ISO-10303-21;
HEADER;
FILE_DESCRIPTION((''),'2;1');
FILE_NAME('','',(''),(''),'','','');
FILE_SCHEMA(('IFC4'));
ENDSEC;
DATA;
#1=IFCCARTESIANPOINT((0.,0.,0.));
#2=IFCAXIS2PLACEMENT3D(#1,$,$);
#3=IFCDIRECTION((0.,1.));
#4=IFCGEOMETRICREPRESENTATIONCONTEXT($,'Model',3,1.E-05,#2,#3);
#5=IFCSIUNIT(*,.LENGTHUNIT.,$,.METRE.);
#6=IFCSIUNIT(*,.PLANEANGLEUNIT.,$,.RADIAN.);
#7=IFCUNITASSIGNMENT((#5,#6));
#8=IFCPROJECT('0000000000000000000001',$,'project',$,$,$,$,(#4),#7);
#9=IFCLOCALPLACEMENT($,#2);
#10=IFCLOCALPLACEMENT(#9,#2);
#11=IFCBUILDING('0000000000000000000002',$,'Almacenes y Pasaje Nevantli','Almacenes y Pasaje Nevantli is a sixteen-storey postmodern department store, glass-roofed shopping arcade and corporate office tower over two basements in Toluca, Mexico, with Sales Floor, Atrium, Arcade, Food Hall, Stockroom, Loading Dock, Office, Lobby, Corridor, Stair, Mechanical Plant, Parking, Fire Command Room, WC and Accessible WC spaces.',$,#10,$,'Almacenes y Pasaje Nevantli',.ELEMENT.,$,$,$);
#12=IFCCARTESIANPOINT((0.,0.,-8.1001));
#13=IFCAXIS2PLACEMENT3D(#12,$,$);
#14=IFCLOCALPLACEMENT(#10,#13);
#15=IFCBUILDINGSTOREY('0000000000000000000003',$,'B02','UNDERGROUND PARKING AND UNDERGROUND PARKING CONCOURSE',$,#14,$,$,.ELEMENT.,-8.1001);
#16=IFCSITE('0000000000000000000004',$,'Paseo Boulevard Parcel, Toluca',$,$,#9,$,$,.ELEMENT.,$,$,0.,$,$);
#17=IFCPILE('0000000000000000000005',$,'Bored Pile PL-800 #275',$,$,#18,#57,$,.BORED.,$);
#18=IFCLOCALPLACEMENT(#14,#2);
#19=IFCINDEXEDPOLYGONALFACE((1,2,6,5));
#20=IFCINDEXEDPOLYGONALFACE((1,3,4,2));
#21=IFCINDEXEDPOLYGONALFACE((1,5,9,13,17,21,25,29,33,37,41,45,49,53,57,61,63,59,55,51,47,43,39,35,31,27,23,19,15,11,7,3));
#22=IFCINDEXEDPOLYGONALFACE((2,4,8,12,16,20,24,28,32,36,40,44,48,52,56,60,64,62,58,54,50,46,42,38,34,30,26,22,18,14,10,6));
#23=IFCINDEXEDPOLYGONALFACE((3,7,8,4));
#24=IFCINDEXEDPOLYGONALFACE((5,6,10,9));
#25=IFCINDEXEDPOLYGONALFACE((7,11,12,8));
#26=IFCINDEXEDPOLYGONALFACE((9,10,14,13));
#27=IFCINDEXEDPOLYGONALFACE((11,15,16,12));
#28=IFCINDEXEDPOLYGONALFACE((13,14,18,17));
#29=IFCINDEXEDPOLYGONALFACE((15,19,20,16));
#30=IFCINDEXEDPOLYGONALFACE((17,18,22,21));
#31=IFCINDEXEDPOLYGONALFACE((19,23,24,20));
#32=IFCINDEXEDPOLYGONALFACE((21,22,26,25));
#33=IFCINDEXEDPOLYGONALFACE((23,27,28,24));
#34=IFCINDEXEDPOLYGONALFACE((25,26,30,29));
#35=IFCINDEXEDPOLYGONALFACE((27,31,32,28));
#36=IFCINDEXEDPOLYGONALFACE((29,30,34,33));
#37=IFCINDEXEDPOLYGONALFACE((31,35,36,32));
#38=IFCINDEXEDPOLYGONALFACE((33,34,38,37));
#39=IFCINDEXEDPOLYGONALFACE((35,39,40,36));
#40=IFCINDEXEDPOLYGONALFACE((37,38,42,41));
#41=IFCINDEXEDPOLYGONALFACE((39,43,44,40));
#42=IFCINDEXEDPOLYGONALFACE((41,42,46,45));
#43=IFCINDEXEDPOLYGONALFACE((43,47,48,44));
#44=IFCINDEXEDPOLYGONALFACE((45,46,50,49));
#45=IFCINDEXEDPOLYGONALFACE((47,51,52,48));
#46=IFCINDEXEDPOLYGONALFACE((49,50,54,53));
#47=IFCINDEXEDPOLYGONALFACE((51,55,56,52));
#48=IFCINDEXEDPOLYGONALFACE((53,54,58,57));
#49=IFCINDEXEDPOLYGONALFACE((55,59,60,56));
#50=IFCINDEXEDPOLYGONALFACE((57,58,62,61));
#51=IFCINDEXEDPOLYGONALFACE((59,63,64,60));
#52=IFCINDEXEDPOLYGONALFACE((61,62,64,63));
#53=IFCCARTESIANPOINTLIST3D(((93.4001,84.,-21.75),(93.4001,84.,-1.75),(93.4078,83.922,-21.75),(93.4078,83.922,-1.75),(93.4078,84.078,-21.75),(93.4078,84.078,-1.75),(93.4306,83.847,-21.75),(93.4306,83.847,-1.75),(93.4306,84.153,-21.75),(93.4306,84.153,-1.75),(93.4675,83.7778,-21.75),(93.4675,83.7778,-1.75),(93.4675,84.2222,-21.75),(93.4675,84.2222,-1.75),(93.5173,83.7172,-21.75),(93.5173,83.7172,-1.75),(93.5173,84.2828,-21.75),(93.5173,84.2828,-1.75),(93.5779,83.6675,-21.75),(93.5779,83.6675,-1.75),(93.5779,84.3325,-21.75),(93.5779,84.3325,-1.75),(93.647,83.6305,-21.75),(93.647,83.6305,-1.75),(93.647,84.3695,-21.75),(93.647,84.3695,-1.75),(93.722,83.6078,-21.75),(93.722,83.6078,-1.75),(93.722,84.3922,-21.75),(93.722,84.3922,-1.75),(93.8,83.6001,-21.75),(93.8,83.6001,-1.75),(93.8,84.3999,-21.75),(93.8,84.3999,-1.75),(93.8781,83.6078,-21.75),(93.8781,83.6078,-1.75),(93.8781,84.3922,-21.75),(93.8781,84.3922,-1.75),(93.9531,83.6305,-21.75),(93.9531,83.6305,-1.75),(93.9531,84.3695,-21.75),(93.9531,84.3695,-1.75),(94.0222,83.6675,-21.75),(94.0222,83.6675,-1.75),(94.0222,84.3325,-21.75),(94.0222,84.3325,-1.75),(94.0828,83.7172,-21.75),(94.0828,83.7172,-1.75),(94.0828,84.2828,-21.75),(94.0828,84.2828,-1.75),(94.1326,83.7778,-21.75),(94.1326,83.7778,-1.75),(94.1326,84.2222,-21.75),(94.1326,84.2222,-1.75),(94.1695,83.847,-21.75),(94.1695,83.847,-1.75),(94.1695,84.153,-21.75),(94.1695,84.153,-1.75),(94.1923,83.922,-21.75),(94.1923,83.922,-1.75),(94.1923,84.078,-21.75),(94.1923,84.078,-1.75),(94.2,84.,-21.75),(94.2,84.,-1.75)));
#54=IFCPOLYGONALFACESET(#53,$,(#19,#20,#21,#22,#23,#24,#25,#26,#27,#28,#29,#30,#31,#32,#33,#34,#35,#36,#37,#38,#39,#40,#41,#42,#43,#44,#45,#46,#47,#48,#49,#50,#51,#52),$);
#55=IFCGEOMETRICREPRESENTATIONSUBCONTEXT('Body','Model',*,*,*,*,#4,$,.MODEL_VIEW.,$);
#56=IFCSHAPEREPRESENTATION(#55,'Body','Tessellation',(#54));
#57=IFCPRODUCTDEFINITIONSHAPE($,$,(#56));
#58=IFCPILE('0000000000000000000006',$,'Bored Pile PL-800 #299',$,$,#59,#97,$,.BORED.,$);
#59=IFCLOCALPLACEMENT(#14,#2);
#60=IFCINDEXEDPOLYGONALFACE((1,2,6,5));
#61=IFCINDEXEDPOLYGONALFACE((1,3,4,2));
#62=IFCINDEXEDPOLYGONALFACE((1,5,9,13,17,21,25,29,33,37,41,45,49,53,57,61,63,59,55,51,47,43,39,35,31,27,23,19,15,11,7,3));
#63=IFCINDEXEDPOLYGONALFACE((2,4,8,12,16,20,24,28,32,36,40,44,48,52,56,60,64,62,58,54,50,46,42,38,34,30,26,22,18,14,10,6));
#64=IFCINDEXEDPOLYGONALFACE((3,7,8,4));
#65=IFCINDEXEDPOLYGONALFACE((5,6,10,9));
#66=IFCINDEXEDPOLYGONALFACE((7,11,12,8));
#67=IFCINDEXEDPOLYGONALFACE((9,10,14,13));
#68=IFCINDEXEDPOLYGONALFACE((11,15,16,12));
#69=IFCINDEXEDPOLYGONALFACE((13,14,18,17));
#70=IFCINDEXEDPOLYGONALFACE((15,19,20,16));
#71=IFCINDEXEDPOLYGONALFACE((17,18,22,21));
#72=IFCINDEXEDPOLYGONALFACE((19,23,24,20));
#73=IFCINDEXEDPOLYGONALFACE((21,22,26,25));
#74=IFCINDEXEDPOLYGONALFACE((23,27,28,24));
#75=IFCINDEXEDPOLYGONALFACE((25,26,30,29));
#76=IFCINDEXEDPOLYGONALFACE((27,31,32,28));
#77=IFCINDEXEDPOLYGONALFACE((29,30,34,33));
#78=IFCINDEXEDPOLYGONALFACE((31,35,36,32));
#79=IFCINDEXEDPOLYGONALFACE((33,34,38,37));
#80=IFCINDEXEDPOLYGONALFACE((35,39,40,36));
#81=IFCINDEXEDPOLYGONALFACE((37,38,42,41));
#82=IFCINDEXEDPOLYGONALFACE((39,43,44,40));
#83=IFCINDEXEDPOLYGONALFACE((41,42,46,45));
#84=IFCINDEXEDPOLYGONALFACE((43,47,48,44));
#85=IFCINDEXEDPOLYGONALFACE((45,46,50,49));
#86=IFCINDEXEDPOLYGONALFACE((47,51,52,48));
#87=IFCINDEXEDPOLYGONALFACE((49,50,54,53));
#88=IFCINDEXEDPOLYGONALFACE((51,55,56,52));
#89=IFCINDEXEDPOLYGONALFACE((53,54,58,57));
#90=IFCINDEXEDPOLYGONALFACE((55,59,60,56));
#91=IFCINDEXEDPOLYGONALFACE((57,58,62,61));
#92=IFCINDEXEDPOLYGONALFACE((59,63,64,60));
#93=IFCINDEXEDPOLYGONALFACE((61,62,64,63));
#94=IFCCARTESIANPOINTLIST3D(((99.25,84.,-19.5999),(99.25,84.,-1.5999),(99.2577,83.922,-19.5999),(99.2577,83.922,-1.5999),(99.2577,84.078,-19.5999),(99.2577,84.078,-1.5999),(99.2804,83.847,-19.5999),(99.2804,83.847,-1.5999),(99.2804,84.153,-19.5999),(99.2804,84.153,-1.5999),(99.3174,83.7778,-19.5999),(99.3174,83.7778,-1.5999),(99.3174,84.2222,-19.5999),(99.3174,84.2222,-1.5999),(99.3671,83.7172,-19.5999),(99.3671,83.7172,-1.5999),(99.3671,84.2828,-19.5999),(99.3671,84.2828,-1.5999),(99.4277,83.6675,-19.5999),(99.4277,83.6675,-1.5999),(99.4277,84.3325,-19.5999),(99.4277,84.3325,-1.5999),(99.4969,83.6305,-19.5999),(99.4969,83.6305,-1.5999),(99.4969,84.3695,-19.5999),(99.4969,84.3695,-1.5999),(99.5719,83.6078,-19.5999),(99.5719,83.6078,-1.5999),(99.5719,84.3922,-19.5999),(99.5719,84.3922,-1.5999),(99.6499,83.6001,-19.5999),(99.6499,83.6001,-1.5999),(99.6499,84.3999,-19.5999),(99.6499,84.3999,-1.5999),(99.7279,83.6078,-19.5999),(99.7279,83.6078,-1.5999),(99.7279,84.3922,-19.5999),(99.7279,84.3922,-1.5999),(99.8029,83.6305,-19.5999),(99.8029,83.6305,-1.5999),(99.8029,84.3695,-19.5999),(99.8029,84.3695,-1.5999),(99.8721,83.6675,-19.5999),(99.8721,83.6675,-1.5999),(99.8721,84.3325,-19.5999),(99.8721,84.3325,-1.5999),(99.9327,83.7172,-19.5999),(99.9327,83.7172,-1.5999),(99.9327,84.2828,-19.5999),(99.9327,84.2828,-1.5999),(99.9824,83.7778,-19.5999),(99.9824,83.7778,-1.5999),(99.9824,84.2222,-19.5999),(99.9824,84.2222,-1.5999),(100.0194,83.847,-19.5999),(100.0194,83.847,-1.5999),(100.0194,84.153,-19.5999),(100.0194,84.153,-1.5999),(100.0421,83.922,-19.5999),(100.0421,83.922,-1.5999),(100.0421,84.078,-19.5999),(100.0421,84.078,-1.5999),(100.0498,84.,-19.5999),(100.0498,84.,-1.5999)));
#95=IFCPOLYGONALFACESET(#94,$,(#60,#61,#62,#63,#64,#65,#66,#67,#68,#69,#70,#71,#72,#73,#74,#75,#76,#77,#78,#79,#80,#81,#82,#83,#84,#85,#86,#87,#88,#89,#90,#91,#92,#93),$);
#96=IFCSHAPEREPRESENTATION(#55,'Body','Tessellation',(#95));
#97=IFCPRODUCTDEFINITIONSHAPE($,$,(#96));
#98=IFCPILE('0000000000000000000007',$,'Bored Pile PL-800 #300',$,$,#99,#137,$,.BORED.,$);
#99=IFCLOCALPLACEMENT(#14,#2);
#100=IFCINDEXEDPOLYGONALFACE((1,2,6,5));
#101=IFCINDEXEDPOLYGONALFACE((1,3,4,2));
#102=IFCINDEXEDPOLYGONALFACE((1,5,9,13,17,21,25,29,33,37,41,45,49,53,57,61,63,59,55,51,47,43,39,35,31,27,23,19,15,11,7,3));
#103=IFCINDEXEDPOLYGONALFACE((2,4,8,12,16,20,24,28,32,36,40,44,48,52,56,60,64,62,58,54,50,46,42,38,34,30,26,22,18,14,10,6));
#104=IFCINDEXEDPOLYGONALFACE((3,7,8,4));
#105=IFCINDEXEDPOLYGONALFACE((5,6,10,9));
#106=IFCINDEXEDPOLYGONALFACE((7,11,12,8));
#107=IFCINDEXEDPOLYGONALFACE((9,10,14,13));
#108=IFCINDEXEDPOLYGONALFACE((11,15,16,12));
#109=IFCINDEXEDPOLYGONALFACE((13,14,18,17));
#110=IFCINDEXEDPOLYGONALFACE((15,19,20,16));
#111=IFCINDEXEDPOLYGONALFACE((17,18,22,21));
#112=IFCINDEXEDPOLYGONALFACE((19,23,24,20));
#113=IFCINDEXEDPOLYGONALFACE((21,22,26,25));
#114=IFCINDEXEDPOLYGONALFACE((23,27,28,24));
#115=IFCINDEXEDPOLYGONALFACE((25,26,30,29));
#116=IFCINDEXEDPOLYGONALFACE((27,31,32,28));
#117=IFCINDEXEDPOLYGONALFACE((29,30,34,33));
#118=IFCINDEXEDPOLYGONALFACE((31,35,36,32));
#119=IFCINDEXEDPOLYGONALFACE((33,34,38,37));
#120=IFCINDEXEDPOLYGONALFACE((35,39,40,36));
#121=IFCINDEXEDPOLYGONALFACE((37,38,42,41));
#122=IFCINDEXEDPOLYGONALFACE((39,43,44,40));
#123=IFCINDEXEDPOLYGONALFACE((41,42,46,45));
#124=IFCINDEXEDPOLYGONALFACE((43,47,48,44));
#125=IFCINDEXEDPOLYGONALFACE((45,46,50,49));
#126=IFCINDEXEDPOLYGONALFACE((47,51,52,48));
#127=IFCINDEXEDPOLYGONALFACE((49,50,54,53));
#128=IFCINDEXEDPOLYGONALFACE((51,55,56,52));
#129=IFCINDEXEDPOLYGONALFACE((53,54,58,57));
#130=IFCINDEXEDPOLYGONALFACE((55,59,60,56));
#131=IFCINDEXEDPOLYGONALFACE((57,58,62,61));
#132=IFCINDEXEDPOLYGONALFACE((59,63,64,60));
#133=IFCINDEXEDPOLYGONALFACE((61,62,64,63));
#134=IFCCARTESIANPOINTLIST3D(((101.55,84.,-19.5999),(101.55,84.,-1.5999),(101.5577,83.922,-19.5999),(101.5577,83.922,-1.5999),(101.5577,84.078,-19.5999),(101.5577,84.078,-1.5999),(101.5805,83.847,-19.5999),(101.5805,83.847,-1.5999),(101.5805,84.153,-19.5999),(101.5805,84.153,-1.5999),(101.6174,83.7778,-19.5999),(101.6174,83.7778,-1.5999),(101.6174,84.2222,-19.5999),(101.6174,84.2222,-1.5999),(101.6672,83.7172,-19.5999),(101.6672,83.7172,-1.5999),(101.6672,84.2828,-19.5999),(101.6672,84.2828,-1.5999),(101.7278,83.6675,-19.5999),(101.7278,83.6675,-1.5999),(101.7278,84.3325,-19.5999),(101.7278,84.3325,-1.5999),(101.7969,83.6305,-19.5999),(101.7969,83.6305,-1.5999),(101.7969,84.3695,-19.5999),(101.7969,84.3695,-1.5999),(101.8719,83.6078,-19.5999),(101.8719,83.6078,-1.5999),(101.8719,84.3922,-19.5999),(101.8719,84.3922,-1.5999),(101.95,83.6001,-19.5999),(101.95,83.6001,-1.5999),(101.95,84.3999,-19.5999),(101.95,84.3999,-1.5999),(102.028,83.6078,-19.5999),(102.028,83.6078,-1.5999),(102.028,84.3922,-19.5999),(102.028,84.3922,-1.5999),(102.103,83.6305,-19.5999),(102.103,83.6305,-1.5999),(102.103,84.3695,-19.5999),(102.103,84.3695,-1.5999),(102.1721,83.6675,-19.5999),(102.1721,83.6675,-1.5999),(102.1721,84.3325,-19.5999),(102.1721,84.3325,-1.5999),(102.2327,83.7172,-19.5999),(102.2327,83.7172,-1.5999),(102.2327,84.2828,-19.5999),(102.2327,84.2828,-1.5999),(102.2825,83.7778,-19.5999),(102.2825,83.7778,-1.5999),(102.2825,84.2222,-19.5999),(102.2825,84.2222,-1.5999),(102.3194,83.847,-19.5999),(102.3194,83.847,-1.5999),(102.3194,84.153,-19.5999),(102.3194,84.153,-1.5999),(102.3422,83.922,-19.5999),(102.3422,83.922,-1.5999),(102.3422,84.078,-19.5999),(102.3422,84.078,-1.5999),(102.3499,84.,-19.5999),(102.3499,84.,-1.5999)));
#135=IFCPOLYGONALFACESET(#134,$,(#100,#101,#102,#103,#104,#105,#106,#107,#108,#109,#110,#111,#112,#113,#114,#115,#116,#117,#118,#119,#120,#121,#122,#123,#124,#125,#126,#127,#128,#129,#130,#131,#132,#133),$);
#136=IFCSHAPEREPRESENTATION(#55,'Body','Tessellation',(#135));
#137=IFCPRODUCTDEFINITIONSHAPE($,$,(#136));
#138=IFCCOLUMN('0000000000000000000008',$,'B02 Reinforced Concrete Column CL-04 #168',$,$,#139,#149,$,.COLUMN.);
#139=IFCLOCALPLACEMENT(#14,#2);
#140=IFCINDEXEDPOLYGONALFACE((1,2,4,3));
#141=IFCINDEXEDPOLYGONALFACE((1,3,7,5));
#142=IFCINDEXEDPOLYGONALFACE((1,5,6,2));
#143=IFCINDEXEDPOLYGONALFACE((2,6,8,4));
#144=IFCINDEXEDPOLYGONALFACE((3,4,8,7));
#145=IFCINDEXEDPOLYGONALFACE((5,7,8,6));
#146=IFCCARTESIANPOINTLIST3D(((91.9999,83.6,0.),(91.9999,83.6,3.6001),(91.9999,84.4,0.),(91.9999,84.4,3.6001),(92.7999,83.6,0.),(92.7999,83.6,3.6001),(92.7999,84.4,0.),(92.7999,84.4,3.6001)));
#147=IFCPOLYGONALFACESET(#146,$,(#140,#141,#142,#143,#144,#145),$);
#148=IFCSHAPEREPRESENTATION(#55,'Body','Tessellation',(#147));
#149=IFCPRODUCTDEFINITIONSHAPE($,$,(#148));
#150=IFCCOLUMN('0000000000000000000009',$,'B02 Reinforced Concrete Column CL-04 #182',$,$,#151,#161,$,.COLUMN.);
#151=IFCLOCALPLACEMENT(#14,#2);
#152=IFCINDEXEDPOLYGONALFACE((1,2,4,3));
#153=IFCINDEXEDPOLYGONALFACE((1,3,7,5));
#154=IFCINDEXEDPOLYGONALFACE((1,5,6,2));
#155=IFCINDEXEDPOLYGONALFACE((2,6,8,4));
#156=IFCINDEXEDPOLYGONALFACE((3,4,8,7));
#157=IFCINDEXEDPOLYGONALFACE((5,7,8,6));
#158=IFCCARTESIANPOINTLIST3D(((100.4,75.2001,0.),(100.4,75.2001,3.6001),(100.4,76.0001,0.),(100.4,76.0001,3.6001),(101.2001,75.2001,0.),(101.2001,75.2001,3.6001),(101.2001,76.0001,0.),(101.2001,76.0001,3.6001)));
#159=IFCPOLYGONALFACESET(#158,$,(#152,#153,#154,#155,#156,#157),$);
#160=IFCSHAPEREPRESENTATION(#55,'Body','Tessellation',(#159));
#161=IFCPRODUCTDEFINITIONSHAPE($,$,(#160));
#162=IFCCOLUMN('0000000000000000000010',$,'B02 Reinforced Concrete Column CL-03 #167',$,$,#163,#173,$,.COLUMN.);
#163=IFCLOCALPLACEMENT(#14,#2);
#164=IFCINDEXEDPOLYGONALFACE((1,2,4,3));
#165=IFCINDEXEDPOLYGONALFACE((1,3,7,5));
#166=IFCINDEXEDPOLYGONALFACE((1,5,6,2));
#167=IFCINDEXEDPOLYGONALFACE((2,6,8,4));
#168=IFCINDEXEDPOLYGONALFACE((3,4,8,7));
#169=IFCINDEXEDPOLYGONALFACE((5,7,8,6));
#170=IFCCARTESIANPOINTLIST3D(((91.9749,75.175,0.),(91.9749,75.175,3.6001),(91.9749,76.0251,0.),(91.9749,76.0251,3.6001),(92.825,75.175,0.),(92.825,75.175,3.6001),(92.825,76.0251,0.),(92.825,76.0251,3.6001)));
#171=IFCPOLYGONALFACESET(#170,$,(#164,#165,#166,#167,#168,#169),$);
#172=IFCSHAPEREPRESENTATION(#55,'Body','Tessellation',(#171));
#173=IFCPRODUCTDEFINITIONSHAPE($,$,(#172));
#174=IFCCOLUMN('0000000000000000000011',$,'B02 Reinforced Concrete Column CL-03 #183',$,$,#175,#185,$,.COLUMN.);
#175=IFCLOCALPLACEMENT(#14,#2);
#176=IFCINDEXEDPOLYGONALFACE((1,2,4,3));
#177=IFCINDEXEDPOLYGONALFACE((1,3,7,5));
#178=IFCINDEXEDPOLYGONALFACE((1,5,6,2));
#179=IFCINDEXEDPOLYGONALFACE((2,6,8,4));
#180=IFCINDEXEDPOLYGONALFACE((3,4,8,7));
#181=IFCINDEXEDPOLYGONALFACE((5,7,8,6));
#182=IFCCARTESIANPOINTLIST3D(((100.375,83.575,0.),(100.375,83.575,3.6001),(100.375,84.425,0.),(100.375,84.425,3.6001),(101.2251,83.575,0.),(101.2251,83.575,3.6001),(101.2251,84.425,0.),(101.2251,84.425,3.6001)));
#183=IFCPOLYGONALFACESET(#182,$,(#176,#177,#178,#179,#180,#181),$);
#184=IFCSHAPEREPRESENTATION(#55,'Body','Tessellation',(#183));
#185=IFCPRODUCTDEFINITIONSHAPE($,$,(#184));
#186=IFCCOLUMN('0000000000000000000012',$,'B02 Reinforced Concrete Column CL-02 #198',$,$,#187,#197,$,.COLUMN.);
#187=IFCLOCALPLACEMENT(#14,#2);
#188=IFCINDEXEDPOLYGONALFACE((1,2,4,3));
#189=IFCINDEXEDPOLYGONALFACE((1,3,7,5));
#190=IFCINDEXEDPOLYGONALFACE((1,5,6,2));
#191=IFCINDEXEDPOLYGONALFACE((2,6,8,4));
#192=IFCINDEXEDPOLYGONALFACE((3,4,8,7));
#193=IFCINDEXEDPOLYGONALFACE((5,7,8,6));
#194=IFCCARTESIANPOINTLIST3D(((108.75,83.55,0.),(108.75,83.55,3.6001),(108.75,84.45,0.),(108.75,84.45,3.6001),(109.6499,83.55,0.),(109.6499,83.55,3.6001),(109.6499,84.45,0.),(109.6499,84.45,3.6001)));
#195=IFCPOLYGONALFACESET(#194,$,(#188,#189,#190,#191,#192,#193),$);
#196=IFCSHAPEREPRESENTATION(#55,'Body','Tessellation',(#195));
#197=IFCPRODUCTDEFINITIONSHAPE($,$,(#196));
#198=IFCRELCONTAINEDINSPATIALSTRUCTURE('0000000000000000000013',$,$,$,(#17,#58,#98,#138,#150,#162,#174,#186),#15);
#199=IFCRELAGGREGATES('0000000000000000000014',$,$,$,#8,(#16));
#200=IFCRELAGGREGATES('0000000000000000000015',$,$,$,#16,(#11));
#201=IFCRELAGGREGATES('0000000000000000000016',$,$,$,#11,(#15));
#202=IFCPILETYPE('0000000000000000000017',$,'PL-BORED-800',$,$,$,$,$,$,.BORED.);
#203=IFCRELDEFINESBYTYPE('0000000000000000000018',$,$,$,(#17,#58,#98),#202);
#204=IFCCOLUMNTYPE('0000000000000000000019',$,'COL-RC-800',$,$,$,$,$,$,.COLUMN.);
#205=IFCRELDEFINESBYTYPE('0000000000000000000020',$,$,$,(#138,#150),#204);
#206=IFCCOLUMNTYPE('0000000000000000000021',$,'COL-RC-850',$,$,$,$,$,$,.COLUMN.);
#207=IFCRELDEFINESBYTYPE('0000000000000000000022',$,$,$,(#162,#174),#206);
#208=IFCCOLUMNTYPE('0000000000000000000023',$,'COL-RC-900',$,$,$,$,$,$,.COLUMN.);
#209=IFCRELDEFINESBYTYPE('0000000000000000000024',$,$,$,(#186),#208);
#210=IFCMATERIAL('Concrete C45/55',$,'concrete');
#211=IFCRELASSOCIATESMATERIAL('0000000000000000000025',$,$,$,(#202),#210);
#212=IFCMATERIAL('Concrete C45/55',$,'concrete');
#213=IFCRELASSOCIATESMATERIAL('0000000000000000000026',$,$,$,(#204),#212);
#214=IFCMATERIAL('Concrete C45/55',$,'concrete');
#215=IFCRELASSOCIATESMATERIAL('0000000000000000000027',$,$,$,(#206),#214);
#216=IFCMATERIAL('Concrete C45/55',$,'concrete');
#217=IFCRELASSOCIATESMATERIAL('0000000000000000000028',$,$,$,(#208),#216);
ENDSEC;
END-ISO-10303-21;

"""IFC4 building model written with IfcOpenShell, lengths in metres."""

from ifc_helpers import new_model, si_unit, direction, frame, origin, origin_2d, place, context, subcontext, project, spatial, rectangle, circle, extrude, material, material_profile, profile_set, type_object, element, save


model = new_model("IFC4")

# Units and contexts
model_context = context("Model", 3, precision=1e-05, world=origin(), true_north=direction((0.0, 1.0)))
body_context = subcontext(model_context, "Body", "Model", "MODEL_VIEW")
ifc_project = project(units=[si_unit("LENGTHUNIT", "METRE"), si_unit("PLANEANGLEUNIT", "RADIAN")], contexts=[model_context])

# Site, building, storey
site_placement = place(None, origin())
site = spatial("IfcSite", under=ifc_project, at=site_placement, Name="Paseo Boulevard Parcel, Toluca", CompositionType="ELEMENT", RefElevation=0.0)
building_placement = place(site_placement, origin())
building = spatial("IfcBuilding", under=site, at=building_placement, Name="Almacenes y Pasaje Nevantli", Description="Almacenes y Pasaje Nevantli is a sixteen-storey postmodern department store, glass-roofed shopping arcade and corporate office tower over two basements in Toluca, Mexico, with Sales Floor, Atrium, Arcade, Food Hall, Stockroom, Loading Dock, Office, Lobby, Corridor, Stair, Mechanical Plant, Parking, Fire Command Room, WC and Accessible WC spaces.", LongName="Almacenes y Pasaje Nevantli", CompositionType="ELEMENT")
storey_placement = place(building_placement, frame((0.0, 0.0, -8.1001)))
storey = spatial("IfcBuildingStorey", under=building, at=storey_placement, Name="B02", Description="UNDERGROUND PARKING AND UNDERGROUND PARKING CONCOURSE", CompositionType="ELEMENT", Elevation=-8.1001)

# Piles
ifc_material_1 = material(Name="Concrete C45/55", Category="concrete")
ifc_material_profile_1 = material_profile(ifc_material_1, circle(Radius=0.3999, at=origin_2d()), Name="RC-PILE-D800")
ifc_profile_set_1 = profile_set([ifc_material_profile_1], Name="Concrete C45/55")
pile_type_1 = type_object("IfcPileType", Name="PL-BORED-800", PredefinedType="BORED", material=ifc_profile_set_1)
for number, where, z_axis, x_axis, name in (
    (1, (93.8, 84.0, -1.75), (0.0, 0.0, -1.0), (1.0, 0.0, 0.0), "Bored Pile PL-800 #275"),
):
    element("IfcPile", number, at=place(storey_placement, frame(where, z_axis=z_axis, x_axis=x_axis)), inside=storey, type_object=pile_type_1, Name=name, PredefinedType="BORED", context=body_context, shape_type="SweptSolid", body=[
        extrude(circle(Radius=0.3999, at=origin_2d()), origin(), (0.0, 0.0, 1.0), 20.0),
    ])
for number, where, z_axis, x_axis, name in (
    (2, (99.6499, 84.0, -1.5999), (0.0, 0.0, -1.0), (1.0, 0.0, 0.0), "Bored Pile PL-800 #299"),
    (3, (101.95, 84.0, -1.5999), (0.0, 0.0, -1.0), (1.0, 0.0, 0.0), "Bored Pile PL-800 #300"),
):
    element("IfcPile", number, at=place(storey_placement, frame(where, z_axis=z_axis, x_axis=x_axis)), inside=storey, type_object=pile_type_1, Name=name, PredefinedType="BORED", context=body_context, shape_type="SweptSolid", body=[
        extrude(circle(Radius=0.3999, at=origin_2d()), origin(), (0.0, 0.0, 1.0), 18.0),
    ])

# Columns
ifc_material_2 = material(Name="Concrete C45/55", Category="concrete")
ifc_material_profile_2 = material_profile(ifc_material_2, rectangle(XDim=0.8, YDim=0.8, at=origin_2d()), Name="RC-COL-800x800")
ifc_profile_set_2 = profile_set([ifc_material_profile_2], Name="Concrete C45/55")
column_type_1 = type_object("IfcColumnType", Name="COL-RC-800", PredefinedType="COLUMN", material=ifc_profile_set_2)
for number, where, z_axis, x_axis, name in (
    (4, (92.3999, 84.0, 0.0), (0.0, 0.0, 1.0), (1.0, 0.0, 0.0), "B02 Reinforced Concrete Column CL-04 #168"),
    (5, (100.8, 75.6001, 0.0), (0.0, 0.0, 1.0), (1.0, 0.0, 0.0), "B02 Reinforced Concrete Column CL-04 #182"),
):
    element("IfcColumn", number, at=place(storey_placement, frame(where, z_axis=z_axis, x_axis=x_axis)), inside=storey, type_object=column_type_1, Name=name, PredefinedType="COLUMN", context=body_context, shape_type="SweptSolid", body=[
        extrude(rectangle(XDim=0.8, YDim=0.8, at=origin_2d()), origin(), (0.0, 0.0, 1.0), 3.6001),
    ])
ifc_material_3 = material(Name="Concrete C45/55", Category="concrete")
ifc_material_profile_3 = material_profile(ifc_material_3, rectangle(XDim=0.8501, YDim=0.8501, at=origin_2d()), Name="RC-COL-850x850")
ifc_profile_set_3 = profile_set([ifc_material_profile_3], Name="Concrete C45/55")
column_type_2 = type_object("IfcColumnType", Name="COL-RC-850", PredefinedType="COLUMN", material=ifc_profile_set_3)
for number, where, z_axis, x_axis, name in (
    (6, (92.3999, 75.6001, 0.0), (0.0, 0.0, 1.0), (1.0, 0.0, 0.0), "B02 Reinforced Concrete Column CL-03 #167"),
    (7, (100.8, 84.0, 0.0), (0.0, 0.0, 1.0), (1.0, 0.0, 0.0), "B02 Reinforced Concrete Column CL-03 #183"),
):
    element("IfcColumn", number, at=place(storey_placement, frame(where, z_axis=z_axis, x_axis=x_axis)), inside=storey, type_object=column_type_2, Name=name, PredefinedType="COLUMN", context=body_context, shape_type="SweptSolid", body=[
        extrude(rectangle(XDim=0.8501, YDim=0.8501, at=origin_2d()), origin(), (0.0, 0.0, 1.0), 3.6001),
    ])
ifc_material_4 = material(Name="Concrete C45/55", Category="concrete")
ifc_material_profile_4 = material_profile(ifc_material_4, rectangle(XDim=0.8999, YDim=0.8999, at=origin_2d()), Name="RC-COL-900x900")
ifc_profile_set_4 = profile_set([ifc_material_profile_4], Name="Concrete C45/55")
column_type_3 = type_object("IfcColumnType", Name="COL-RC-900", PredefinedType="COLUMN", material=ifc_profile_set_4)
column_1_placement = place(storey_placement, frame((109.2, 84.0, 0.0), z_axis=(0.0, 0.0, 1.0), x_axis=(1.0, 0.0, 0.0)))
element("IfcColumn", 8, at=column_1_placement, inside=storey, type_object=column_type_3, Name="B02 Reinforced Concrete Column CL-02 #198", PredefinedType="COLUMN", context=body_context, shape_type="SweptSolid", body=[
    extrude(rectangle(XDim=0.8999, YDim=0.8999, at=origin_2d()), origin(), (0.0, 0.0, 1.0), 3.6001),
])

save(model, "model.ifc")
